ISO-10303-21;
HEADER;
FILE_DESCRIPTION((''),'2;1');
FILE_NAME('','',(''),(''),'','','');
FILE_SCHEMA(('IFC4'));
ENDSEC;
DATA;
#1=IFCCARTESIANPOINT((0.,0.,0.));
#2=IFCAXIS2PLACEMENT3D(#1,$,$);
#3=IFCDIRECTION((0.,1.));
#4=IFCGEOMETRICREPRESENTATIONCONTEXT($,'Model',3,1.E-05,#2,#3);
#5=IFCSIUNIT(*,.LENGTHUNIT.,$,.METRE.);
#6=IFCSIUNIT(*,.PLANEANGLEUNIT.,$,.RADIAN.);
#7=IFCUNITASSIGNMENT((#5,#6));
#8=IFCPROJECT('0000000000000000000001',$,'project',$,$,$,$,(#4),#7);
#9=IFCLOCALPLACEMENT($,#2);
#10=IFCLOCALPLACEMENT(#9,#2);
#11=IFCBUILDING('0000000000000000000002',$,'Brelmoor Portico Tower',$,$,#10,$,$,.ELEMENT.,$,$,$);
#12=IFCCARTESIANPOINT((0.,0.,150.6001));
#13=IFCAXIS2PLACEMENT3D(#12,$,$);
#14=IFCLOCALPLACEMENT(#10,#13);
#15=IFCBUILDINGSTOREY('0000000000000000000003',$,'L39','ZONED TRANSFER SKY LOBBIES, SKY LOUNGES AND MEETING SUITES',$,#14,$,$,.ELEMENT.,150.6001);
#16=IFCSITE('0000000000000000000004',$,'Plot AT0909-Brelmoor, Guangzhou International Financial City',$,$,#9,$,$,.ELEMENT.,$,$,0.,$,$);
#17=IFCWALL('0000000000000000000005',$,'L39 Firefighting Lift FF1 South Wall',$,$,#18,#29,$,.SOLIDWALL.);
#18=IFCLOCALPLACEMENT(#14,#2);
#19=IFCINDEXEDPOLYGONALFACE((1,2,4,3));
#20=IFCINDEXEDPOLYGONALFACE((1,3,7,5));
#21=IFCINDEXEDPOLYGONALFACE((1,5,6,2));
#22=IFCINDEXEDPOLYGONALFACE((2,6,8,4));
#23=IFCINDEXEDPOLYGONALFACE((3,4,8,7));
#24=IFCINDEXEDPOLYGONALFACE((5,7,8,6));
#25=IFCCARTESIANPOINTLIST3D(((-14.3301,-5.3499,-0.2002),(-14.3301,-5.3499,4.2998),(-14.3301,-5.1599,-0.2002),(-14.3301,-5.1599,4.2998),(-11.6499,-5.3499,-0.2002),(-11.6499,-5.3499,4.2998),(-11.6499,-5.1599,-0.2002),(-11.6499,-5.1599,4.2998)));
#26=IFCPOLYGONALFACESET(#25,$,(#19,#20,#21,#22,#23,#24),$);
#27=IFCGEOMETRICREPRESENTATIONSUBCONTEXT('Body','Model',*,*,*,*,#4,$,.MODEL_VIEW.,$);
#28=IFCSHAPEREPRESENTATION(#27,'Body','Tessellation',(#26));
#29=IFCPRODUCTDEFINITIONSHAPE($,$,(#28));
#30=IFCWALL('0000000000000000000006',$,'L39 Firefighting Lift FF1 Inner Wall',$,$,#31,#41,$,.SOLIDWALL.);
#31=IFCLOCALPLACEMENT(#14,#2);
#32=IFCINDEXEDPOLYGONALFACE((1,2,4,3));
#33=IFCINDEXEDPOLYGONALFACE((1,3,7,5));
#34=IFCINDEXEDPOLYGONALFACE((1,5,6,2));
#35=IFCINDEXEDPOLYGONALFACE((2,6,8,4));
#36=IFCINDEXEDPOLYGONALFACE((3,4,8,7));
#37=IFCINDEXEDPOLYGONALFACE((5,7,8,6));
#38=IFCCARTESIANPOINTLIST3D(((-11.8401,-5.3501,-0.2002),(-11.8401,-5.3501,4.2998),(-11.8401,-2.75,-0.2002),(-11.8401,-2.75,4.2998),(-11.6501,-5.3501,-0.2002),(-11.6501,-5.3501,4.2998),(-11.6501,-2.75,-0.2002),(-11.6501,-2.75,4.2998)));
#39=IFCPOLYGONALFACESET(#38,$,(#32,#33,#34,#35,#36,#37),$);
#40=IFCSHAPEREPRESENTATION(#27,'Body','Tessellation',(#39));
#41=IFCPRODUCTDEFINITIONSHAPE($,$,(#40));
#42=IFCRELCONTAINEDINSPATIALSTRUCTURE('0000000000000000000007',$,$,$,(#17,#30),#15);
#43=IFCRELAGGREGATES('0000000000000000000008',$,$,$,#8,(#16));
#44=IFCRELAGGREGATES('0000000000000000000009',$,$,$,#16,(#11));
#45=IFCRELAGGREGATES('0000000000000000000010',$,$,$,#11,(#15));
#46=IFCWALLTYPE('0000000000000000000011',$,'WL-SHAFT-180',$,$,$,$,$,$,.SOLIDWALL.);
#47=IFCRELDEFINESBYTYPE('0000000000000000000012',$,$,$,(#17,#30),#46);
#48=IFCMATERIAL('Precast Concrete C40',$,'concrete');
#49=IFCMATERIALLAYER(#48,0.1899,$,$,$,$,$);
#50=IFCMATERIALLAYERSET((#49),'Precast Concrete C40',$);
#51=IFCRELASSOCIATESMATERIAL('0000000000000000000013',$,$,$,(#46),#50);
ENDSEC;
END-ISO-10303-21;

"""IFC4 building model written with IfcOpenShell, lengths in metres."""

from ifc_helpers import new_model, si_unit, direction, frame, frame_2d, origin, place, context, subcontext, project, spatial, rectangle, extrude, material, layer, layer_set, type_object, element, save


model = new_model("IFC4")

# Units and contexts
model_context = context("Model", 3, precision=1e-05, world=origin(), true_north=direction((0.0, 1.0)))
body_context = subcontext(model_context, "Body", "Model", "MODEL_VIEW")
ifc_project = project(units=[si_unit("LENGTHUNIT", "METRE"), si_unit("PLANEANGLEUNIT", "RADIAN")], contexts=[model_context])

# Site, building, storey
site_placement = place(None, origin())
site = spatial("IfcSite", under=ifc_project, at=site_placement, Name="Plot AT0909-Brelmoor, Guangzhou International Financial City", CompositionType="ELEMENT", RefElevation=0.0)
building_placement = place(site_placement, origin())
building = spatial("IfcBuilding", under=site, at=building_placement, Name="Brelmoor Portico Tower", CompositionType="ELEMENT")
storey_placement = place(building_placement, frame((0.0, 0.0, 150.6001)))
storey = spatial("IfcBuildingStorey", under=building, at=storey_placement, Name="L39", Description="ZONED TRANSFER SKY LOBBIES, SKY LOUNGES AND MEETING SUITES", CompositionType="ELEMENT", Elevation=150.6001)

# Walls
ifc_material_1 = material(Name="Precast Concrete C40", Category="concrete")
ifc_layer_1 = layer(ifc_material_1, 0.1899)
ifc_layer_set_1 = layer_set([ifc_layer_1], Name="Precast Concrete C40")
wall_type_1 = type_object("IfcWallType", Name="WL-SHAFT-180", PredefinedType="SOLIDWALL", material=ifc_layer_set_1)
wall_1_placement = place(storey_placement, frame((-14.3301, -5.2549, -0.2002), z_axis=(0.0, 0.0, 1.0), x_axis=(1.0, 0.0, 0.0)))
element("IfcWall", 1, at=wall_1_placement, inside=storey, type_object=wall_type_1, Name="L39 Firefighting Lift FF1 South Wall", PredefinedType="SOLIDWALL", context=body_context, shape_type="SweptSolid", body=[
    extrude(rectangle(XDim=2.6802, YDim=0.1899, at=frame_2d((1.3401, 0.0))), origin(), (0.0, 0.0, 1.0), 4.5),
])
wall_2_placement = place(storey_placement, frame((-11.7451, -5.3501, -0.2002), z_axis=(0.0, 0.0, 1.0), x_axis=(0.0, 1.0, 0.0)))
element("IfcWall", 2, at=wall_2_placement, inside=storey, type_object=wall_type_1, Name="L39 Firefighting Lift FF1 Inner Wall", PredefinedType="SOLIDWALL", context=body_context, shape_type="SweptSolid", body=[
    extrude(rectangle(XDim=2.6001, YDim=0.1899, at=frame_2d((1.3, 0.0))), origin(), (0.0, 0.0, 1.0), 4.5),
])

save(model, "model.ifc")
